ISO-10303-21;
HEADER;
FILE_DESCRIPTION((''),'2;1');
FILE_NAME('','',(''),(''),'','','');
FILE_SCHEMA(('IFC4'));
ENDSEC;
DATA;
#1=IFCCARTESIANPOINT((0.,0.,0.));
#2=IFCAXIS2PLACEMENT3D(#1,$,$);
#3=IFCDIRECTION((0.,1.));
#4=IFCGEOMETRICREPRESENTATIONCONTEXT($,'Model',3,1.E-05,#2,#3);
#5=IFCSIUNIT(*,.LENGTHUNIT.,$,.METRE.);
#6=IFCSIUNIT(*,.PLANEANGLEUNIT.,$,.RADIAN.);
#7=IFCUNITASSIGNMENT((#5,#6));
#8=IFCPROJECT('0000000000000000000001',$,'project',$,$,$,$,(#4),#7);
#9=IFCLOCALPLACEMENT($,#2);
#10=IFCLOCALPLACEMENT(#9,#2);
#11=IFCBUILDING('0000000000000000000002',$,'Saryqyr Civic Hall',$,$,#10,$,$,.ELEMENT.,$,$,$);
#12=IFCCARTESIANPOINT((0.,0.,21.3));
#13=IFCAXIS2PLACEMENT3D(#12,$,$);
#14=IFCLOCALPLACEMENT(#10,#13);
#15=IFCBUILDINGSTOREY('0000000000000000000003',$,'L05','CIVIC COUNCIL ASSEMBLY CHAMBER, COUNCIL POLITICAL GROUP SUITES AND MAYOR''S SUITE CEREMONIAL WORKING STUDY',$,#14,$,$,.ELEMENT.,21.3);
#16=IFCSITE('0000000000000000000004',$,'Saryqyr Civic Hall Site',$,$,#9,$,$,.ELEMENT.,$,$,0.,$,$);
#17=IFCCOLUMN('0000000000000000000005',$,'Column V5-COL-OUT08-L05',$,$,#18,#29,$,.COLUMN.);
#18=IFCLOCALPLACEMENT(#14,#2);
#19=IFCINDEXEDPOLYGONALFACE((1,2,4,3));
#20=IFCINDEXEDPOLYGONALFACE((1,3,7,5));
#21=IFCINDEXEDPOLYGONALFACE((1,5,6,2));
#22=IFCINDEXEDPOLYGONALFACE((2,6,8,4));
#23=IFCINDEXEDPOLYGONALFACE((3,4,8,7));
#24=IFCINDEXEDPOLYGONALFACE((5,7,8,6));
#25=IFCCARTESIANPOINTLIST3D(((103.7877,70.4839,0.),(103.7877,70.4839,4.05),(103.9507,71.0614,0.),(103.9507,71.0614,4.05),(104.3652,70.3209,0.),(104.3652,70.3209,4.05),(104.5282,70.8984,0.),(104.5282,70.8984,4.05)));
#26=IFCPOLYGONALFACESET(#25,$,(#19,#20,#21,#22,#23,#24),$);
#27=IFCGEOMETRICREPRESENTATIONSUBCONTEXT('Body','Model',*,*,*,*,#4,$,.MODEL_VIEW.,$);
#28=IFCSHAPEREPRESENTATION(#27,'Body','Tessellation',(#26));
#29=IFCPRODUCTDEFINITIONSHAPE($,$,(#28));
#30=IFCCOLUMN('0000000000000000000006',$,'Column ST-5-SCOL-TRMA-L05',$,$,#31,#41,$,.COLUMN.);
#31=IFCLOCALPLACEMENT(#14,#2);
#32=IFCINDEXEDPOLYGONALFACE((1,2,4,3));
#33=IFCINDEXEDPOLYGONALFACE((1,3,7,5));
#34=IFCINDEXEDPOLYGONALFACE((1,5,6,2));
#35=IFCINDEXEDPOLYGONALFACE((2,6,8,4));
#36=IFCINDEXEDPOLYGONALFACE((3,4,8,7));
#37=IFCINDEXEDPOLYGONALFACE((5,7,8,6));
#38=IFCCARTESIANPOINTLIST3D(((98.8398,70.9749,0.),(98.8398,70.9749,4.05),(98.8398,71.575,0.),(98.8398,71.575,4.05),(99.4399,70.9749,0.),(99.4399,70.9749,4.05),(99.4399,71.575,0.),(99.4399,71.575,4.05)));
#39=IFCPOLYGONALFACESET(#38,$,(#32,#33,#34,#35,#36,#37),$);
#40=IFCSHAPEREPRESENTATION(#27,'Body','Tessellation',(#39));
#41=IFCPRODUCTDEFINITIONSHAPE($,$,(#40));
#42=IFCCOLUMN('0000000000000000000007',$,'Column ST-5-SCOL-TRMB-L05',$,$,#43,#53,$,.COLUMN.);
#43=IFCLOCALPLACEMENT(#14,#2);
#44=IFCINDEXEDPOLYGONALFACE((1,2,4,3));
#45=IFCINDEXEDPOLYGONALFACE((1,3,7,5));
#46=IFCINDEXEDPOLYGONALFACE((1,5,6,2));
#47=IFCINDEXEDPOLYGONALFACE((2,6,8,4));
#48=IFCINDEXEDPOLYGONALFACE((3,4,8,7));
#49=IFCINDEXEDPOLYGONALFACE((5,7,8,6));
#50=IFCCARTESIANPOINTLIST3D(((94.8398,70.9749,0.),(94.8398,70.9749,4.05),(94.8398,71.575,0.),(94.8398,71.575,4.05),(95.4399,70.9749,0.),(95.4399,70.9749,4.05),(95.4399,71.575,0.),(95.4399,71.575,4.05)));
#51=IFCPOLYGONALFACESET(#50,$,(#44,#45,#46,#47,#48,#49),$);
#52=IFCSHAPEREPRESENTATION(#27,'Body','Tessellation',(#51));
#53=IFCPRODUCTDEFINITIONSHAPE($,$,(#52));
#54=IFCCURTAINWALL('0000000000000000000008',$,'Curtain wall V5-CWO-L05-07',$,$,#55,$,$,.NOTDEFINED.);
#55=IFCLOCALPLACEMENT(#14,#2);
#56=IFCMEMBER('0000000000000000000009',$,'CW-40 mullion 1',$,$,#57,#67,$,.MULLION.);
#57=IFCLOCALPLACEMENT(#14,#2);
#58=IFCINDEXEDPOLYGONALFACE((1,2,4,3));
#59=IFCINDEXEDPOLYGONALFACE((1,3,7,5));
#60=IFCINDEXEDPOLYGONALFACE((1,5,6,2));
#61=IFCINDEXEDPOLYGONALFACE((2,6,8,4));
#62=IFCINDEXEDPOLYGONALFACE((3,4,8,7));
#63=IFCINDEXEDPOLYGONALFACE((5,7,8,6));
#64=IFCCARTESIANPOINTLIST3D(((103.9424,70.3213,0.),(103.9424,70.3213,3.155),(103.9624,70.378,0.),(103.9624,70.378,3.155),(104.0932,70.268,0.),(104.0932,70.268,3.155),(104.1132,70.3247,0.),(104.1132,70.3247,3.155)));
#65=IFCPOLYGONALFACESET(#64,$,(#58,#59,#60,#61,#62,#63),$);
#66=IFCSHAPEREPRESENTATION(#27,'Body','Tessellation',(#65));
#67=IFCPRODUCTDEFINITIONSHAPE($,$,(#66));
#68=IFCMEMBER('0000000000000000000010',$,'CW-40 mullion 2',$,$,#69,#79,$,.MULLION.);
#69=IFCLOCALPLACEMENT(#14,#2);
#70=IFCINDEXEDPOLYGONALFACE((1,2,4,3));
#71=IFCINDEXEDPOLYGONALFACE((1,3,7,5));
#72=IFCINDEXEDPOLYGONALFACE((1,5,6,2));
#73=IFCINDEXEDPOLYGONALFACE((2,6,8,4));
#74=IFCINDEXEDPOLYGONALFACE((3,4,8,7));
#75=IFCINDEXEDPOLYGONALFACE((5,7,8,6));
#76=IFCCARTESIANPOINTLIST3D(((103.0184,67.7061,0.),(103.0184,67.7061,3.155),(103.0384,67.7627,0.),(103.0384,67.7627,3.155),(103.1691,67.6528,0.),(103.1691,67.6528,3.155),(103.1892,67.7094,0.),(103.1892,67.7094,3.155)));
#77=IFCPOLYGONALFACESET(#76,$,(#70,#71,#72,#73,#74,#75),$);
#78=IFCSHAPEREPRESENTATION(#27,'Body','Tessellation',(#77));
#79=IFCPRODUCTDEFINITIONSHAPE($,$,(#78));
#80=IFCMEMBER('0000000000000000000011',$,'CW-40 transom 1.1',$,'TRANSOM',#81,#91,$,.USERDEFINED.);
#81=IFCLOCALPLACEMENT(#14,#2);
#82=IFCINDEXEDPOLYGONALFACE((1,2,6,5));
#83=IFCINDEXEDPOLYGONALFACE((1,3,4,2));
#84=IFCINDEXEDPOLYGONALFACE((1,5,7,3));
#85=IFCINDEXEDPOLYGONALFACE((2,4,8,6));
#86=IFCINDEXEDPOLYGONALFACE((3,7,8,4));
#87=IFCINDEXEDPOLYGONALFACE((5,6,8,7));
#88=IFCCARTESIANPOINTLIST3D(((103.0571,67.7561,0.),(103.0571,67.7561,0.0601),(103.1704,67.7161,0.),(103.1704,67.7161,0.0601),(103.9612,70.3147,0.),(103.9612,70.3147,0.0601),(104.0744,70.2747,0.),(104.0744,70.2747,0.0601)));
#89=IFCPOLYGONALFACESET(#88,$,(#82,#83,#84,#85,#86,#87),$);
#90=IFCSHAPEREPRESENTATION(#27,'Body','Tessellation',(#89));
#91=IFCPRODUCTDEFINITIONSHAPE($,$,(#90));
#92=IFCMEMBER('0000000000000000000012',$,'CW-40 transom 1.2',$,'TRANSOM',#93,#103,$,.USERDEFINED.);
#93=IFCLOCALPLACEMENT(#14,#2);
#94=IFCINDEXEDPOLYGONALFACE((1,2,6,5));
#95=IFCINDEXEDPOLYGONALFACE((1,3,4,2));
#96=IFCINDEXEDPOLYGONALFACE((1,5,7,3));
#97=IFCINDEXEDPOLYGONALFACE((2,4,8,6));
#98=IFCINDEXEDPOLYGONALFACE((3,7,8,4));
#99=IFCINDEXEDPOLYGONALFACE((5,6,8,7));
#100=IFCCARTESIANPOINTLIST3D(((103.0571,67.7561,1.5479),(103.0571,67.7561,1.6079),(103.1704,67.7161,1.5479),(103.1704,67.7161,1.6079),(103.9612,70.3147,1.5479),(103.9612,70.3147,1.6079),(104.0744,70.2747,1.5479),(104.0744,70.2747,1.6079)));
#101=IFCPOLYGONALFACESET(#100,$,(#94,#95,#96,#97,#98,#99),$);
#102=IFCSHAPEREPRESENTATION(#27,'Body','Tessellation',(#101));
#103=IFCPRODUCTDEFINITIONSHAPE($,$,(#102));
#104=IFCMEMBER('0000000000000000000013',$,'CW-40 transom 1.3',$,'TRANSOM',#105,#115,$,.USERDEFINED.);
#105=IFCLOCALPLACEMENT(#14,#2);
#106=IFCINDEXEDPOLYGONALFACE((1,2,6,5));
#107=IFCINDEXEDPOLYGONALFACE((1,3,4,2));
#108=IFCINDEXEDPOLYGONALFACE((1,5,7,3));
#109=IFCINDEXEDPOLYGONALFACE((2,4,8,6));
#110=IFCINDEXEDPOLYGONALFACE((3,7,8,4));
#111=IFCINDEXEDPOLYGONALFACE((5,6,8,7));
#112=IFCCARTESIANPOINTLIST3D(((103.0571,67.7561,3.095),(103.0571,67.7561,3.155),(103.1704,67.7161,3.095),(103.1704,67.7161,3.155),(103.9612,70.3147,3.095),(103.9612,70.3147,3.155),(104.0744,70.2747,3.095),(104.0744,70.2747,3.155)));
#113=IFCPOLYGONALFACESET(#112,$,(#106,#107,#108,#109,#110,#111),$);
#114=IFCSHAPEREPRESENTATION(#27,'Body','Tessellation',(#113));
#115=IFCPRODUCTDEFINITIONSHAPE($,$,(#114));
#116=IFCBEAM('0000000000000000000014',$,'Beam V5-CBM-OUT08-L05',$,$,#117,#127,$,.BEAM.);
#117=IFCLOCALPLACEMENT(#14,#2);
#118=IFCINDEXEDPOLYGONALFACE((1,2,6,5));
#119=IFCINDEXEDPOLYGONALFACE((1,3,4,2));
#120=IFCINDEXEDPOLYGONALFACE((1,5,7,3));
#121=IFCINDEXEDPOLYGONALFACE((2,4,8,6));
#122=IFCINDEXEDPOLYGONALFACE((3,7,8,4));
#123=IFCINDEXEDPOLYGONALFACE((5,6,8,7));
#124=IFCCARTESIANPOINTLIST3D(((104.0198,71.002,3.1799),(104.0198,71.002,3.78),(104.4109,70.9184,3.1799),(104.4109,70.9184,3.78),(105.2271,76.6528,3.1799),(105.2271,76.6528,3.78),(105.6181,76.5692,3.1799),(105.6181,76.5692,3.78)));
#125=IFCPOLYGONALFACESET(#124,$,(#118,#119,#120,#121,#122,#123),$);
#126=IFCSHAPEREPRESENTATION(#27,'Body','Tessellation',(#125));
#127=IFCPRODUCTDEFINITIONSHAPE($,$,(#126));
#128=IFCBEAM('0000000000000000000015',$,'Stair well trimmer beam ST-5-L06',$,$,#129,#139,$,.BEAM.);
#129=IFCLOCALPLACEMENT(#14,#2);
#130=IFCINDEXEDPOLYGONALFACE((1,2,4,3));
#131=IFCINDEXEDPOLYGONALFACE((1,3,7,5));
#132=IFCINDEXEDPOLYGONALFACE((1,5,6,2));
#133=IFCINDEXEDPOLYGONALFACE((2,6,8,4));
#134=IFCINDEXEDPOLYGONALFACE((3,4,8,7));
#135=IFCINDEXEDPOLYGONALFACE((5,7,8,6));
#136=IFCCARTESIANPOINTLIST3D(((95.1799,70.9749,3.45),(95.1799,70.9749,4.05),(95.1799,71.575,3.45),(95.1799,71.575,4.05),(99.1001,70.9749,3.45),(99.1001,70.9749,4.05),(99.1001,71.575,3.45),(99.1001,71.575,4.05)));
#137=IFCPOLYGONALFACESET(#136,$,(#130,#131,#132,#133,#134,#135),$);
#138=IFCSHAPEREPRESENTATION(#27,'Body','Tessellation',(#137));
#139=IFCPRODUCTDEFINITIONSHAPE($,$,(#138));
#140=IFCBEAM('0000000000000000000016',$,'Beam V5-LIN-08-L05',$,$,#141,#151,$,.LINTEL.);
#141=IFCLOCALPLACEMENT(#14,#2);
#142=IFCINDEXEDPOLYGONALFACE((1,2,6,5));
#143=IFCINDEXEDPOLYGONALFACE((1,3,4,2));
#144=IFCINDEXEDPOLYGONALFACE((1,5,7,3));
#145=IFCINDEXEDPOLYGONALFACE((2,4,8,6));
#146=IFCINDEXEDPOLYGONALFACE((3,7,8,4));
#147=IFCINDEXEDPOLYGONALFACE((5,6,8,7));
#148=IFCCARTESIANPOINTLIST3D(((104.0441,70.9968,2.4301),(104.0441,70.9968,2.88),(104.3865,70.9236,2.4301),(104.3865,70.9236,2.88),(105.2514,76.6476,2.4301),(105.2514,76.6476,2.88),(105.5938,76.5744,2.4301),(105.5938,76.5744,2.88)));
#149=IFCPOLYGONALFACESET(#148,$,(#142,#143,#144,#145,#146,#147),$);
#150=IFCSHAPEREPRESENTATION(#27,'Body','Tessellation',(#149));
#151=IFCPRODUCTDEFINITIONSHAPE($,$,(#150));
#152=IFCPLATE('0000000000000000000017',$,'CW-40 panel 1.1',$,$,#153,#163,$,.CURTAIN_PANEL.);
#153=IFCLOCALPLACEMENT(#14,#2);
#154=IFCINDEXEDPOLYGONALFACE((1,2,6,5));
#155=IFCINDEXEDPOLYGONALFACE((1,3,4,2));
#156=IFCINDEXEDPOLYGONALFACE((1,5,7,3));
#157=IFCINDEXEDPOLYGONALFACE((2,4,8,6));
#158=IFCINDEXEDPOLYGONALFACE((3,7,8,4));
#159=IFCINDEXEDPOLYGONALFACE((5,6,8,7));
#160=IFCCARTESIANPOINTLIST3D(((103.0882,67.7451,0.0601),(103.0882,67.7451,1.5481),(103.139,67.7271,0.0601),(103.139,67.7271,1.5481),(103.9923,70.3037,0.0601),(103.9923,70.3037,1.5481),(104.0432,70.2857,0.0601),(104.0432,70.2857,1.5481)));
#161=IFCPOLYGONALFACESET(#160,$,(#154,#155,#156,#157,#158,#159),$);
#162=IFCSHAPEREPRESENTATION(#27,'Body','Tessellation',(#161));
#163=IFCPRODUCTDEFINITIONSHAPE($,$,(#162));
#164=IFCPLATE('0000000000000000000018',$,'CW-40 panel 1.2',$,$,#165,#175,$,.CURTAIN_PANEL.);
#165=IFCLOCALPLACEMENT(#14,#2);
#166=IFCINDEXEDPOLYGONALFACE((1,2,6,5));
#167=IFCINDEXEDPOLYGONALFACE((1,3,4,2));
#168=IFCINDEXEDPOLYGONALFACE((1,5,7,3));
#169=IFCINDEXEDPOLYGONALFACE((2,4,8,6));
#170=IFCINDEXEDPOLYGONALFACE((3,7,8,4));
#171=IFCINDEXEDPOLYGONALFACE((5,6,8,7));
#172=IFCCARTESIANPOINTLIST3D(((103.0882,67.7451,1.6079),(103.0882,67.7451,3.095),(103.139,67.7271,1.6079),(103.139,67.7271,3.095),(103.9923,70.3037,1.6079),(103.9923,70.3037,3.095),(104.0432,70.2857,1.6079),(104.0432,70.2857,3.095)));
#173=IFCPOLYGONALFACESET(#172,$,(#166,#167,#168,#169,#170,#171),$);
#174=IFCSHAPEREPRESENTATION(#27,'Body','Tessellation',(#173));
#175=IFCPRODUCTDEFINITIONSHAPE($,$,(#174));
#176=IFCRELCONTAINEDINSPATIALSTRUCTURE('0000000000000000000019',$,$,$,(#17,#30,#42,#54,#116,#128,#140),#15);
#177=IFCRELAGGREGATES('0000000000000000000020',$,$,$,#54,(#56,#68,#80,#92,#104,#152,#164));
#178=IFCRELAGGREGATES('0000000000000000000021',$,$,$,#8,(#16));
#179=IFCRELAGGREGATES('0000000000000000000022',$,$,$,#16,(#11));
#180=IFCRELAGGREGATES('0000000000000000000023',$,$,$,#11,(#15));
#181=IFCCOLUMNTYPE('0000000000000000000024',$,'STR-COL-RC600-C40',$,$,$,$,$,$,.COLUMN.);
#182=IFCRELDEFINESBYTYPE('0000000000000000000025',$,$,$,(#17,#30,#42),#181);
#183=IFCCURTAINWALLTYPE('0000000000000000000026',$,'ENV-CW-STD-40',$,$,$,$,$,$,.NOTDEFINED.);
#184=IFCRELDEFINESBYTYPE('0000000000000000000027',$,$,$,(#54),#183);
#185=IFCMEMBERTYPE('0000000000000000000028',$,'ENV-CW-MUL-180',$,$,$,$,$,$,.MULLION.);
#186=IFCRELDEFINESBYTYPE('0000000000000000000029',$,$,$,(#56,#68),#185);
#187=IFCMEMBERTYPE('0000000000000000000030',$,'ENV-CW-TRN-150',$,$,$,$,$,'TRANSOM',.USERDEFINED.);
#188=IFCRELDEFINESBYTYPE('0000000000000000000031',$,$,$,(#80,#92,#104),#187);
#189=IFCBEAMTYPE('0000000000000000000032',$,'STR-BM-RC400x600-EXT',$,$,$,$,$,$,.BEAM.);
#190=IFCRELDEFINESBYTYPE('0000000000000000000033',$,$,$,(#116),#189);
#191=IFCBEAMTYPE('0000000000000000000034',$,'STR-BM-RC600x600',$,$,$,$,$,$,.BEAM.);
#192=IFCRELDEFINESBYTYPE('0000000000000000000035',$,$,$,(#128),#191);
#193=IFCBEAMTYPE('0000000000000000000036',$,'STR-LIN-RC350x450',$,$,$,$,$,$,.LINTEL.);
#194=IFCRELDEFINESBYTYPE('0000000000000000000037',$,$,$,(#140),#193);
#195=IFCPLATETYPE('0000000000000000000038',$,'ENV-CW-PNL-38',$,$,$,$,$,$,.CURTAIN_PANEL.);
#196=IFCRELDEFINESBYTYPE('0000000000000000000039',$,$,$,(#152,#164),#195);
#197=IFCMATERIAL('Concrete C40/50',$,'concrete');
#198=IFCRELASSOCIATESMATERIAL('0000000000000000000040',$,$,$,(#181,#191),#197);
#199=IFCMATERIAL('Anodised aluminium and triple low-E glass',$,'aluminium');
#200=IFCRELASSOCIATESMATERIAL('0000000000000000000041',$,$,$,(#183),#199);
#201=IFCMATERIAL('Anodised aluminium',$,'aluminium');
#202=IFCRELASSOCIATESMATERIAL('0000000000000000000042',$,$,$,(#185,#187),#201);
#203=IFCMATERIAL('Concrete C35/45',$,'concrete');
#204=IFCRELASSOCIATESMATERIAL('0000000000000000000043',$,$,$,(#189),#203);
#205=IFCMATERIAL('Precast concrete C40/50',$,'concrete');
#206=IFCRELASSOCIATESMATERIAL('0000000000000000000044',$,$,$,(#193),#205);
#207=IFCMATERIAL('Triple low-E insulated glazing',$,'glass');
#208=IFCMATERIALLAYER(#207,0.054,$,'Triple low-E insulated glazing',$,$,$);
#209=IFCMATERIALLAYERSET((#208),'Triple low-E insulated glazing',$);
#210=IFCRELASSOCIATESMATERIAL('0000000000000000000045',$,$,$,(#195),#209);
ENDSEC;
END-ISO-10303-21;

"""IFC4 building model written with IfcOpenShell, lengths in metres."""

from ifc_helpers import new_model, si_unit, direction, frame, origin, origin_2d, place, context, subcontext, project, spatial, rectangle, extrude, material, layer, layer_set, material_profile, profile_set, type_object, element, aggregate, save


model = new_model("IFC4")

# Units and contexts
model_context = context("Model", 3, precision=1e-05, world=origin(), true_north=direction((0.0, 1.0)))
body_context = subcontext(model_context, "Body", "Model", "MODEL_VIEW")
ifc_project = project(units=[si_unit("LENGTHUNIT", "METRE"), si_unit("PLANEANGLEUNIT", "RADIAN")], contexts=[model_context])

# Site, building, storey
site_placement = place(None, origin())
site = spatial("IfcSite", under=ifc_project, at=site_placement, Name="Saryqyr Civic Hall Site", CompositionType="ELEMENT", RefElevation=0.0)
building_placement = place(site_placement, origin())
building = spatial("IfcBuilding", under=site, at=building_placement, Name="Saryqyr Civic Hall", CompositionType="ELEMENT")
storey_placement = place(building_placement, frame((0.0, 0.0, 21.3)))
storey = spatial("IfcBuildingStorey", under=building, at=storey_placement, Name="L05", Description="CIVIC COUNCIL ASSEMBLY CHAMBER, COUNCIL POLITICAL GROUP SUITES AND MAYOR'S SUITE CEREMONIAL WORKING STUDY", CompositionType="ELEMENT", Elevation=21.3)

# Columns
ifc_material_1 = material(Name="Concrete C40/50", Category="concrete")
ifc_material_profile_1 = material_profile(ifc_material_1, rectangle(XDim=0.6001, YDim=0.6001, at=origin_2d()), Name="RC 600x600")
ifc_profile_set_1 = profile_set([ifc_material_profile_1], Name="Concrete C40/50")
column_type = type_object("IfcColumnType", Name="STR-COL-RC600-C40", PredefinedType="COLUMN", material=ifc_profile_set_1)
for number, where, z_axis, x_axis, name in (
    (1, (104.158, 70.6912, 0.0), (0.0, 0.0, 1.0), (0.962408, -0.271608, 0.0), "Column V5-COL-OUT08-L05"),
    (2, (99.1399, 71.2749, 0.0), (0.0, 0.0, 1.0), (1.0, 0.0, 0.0), "Column ST-5-SCOL-TRMA-L05"),
    (3, (95.1399, 71.2749, 0.0), (0.0, 0.0, 1.0), (1.0, 0.0, 0.0), "Column ST-5-SCOL-TRMB-L05"),
):
    element("IfcColumn", number, at=place(storey_placement, frame(where, z_axis=z_axis, x_axis=x_axis)), inside=storey, type_object=column_type, Name=name, PredefinedType="COLUMN", context=body_context, shape_type="SweptSolid", body=[
        extrude(rectangle(XDim=0.6001, YDim=0.6001, at=origin_2d()), origin(), (0.0, 0.0, 1.0), 4.05),
    ])

# Curtain wall, members
ifc_material_2 = material(Name="Anodised aluminium and triple low-E glass", Category="aluminium")
curtain_wall_type = type_object("IfcCurtainWallType", Name="ENV-CW-STD-40", PredefinedType="NOTDEFINED", material=ifc_material_2)
curtain_wall_placement = place(storey_placement, origin())
curtain_wall = element("IfcCurtainWall", 4, at=curtain_wall_placement, inside=storey, type_object=curtain_wall_type, Name="Curtain wall V5-CWO-L05-07", PredefinedType="NOTDEFINED")
ifc_material_3 = material(Name="Anodised aluminium", Category="aluminium")
ifc_material_profile_2 = material_profile(ifc_material_3, rectangle(XDim=0.0601, YDim=0.1599, at=origin_2d()), Name="ALU MULLION 60x160")
ifc_profile_set_2 = profile_set([ifc_material_profile_2], Name="Anodised aluminium")
member_type_1 = type_object("IfcMemberType", Name="ENV-CW-MUL-180", PredefinedType="MULLION", material=ifc_profile_set_2)
member_1_placement = place(storey_placement, frame((104.0278, 70.323, 0.0), z_axis=(0.0, 0.0, 1.0), x_axis=(-0.33318, -0.942863, 0.0)))
member_1 = element("IfcMember", 5, at=member_1_placement, type_object=member_type_1, Name="CW-40 mullion 1", PredefinedType="MULLION", context=body_context, shape_type="SweptSolid", body=[
    extrude(rectangle(XDim=0.0601, YDim=0.1599, at=origin_2d()), origin(), (0.0, 0.0, 1.0), 3.155),
])
member_2_placement = place(storey_placement, frame((103.1038, 67.7078, 0.0), z_axis=(0.0, 0.0, 1.0), x_axis=(-0.33318, -0.942863, 0.0)))
member_2 = element("IfcMember", 6, at=member_2_placement, type_object=member_type_1, Name="CW-40 mullion 2", PredefinedType="MULLION", context=body_context, shape_type="SweptSolid", body=[
    extrude(rectangle(XDim=0.0601, YDim=0.1599, at=origin_2d()), origin(), (0.0, 0.0, 1.0), 3.155),
])
ifc_material_profile_3 = material_profile(ifc_material_3, rectangle(XDim=0.1201, YDim=0.0601, at=origin_2d()), Name="ALU TRANSOM 120x60")
ifc_profile_set_3 = profile_set([ifc_material_profile_3], Name="Anodised aluminium")
member_type_2 = type_object("IfcMemberType", Name="ENV-CW-TRN-150", ElementType="TRANSOM", PredefinedType="USERDEFINED", material=ifc_profile_set_3)
member_3_placement = place(storey_placement, frame((104.0178, 70.2947, 0.03), z_axis=(-0.333154, -0.942872, 0.0), x_axis=(0.942872, -0.333154, 0.0)))
member_3 = element("IfcMember", 7, at=member_3_placement, type_object=member_type_2, Name="CW-40 transom 1.1", ObjectType="TRANSOM", PredefinedType="USERDEFINED", context=body_context, shape_type="SweptSolid", body=[
    extrude(rectangle(XDim=0.1201, YDim=0.0601, at=origin_2d()), origin(), (0.0, 0.0, 1.0), 2.7136),
])
member_4_placement = place(storey_placement, frame((104.0178, 70.2947, 1.5779), z_axis=(-0.333154, -0.942872, 0.0), x_axis=(0.942872, -0.333154, 0.0)))
member_4 = element("IfcMember", 8, at=member_4_placement, type_object=member_type_2, Name="CW-40 transom 1.2", ObjectType="TRANSOM", PredefinedType="USERDEFINED", context=body_context, shape_type="SweptSolid", body=[
    extrude(rectangle(XDim=0.1201, YDim=0.0601, at=origin_2d()), origin(), (0.0, 0.0, 1.0), 2.7136),
])
member_5_placement = place(storey_placement, frame((104.0178, 70.2947, 3.125), z_axis=(-0.333154, -0.942872, 0.0), x_axis=(0.942872, -0.333154, 0.0)))
member_5 = element("IfcMember", 9, at=member_5_placement, type_object=member_type_2, Name="CW-40 transom 1.3", ObjectType="TRANSOM", PredefinedType="USERDEFINED", context=body_context, shape_type="SweptSolid", body=[
    extrude(rectangle(XDim=0.1201, YDim=0.0601, at=origin_2d()), origin(), (0.0, 0.0, 1.0), 2.7136),
])

# Beams
ifc_material_4 = material(Name="Concrete C35/45", Category="concrete")
ifc_material_profile_4 = material_profile(ifc_material_4, rectangle(XDim=0.3999, YDim=0.6001, at=origin_2d()), Name="RC 400x600")
ifc_profile_set_4 = profile_set([ifc_material_profile_4], Name="Concrete C35/45")
beam_type_1 = type_object("IfcBeamType", Name="STR-BM-RC400x600-EXT", PredefinedType="BEAM", material=ifc_profile_set_4)
beam_1_placement = place(storey_placement, frame((104.2153, 70.9602, 3.48), z_axis=(0.208929, 0.977931, 0.0), x_axis=(-0.977931, 0.208929, 0.0)))
element("IfcBeam", 10, at=beam_1_placement, inside=storey, type_object=beam_type_1, Name="Beam V5-CBM-OUT08-L05", PredefinedType="BEAM", context=body_context, shape_type="SweptSolid", body=[
    extrude(rectangle(XDim=0.3999, YDim=0.6001, at=origin_2d()), origin(), (0.0, 0.0, 1.0), 5.7783),
])
ifc_material_profile_5 = material_profile(ifc_material_1, rectangle(XDim=0.6001, YDim=0.6001, at=origin_2d()), Name="RC 600x600")
ifc_profile_set_5 = profile_set([ifc_material_profile_5], Name="Concrete C40/50")
beam_type_2 = type_object("IfcBeamType", Name="STR-BM-RC600x600", PredefinedType="BEAM", material=ifc_profile_set_5)
beam_2_placement = place(storey_placement, frame((99.1001, 71.2749, 3.75), z_axis=(-1.0, 0.0, 0.0), x_axis=(0.0, -1.0, 0.0)))
element("IfcBeam", 11, at=beam_2_placement, inside=storey, type_object=beam_type_2, Name="Stair well trimmer beam ST-5-L06", PredefinedType="BEAM", context=body_context, shape_type="SweptSolid", body=[
    extrude(rectangle(XDim=0.6001, YDim=0.6001, at=origin_2d()), origin(), (0.0, 0.0, 1.0), 3.9202),
])
ifc_material_5 = material(Name="Precast concrete C40/50", Category="concrete")
ifc_material_profile_6 = material_profile(ifc_material_5, rectangle(XDim=0.3501, YDim=0.45, at=origin_2d()), Name="RC 350x450")
ifc_profile_set_6 = profile_set([ifc_material_profile_6], Name="Precast concrete C40/50")
beam_type_3 = type_object("IfcBeamType", Name="STR-LIN-RC350x450", PredefinedType="LINTEL", material=ifc_profile_set_6)
beam_3_placement = place(storey_placement, frame((104.2153, 70.9602, 2.655), z_axis=(0.208929, 0.977931, 0.0), x_axis=(-0.977931, 0.208929, 0.0)))
element("IfcBeam", 12, at=beam_3_placement, inside=storey, type_object=beam_type_3, Name="Beam V5-LIN-08-L05", PredefinedType="LINTEL", context=body_context, shape_type="SweptSolid", body=[
    extrude(rectangle(XDim=0.3501, YDim=0.45, at=origin_2d()), origin(), (0.0, 0.0, 1.0), 5.7783),
])

# Plates
ifc_material_6 = material(Name="Triple low-E insulated glazing", Category="glass")
ifc_layer_1 = layer(ifc_material_6, 0.054, Name="Triple low-E insulated glazing")
ifc_layer_set_1 = layer_set([ifc_layer_1], Name="Triple low-E insulated glazing")
plate_type = type_object("IfcPlateType", Name="ENV-CW-PNL-38", PredefinedType="CURTAIN_PANEL", material=ifc_layer_set_1)
plate_1_placement = place(storey_placement, frame((103.5657, 69.0154, 0.0601), z_axis=(0.0, 0.0, 1.0), x_axis=(-0.33318, -0.942863, 0.0)))
plate_1 = element("IfcPlate", 13, at=plate_1_placement, type_object=plate_type, Name="CW-40 panel 1.1", PredefinedType="CURTAIN_PANEL", context=body_context, shape_type="SweptSolid", body=[
    extrude(rectangle(XDim=2.7136, YDim=0.054, at=origin_2d()), origin(), (0.0, 0.0, 1.0), 1.488),
])
plate_2_placement = place(storey_placement, frame((103.5657, 69.0154, 1.6079), z_axis=(0.0, 0.0, 1.0), x_axis=(-0.33318, -0.942863, 0.0)))
plate_2 = element("IfcPlate", 14, at=plate_2_placement, type_object=plate_type, Name="CW-40 panel 1.2", PredefinedType="CURTAIN_PANEL", context=body_context, shape_type="SweptSolid", body=[
    extrude(rectangle(XDim=2.7136, YDim=0.054, at=origin_2d()), origin(), (0.0, 0.0, 1.0), 1.4871),
])
aggregate(curtain_wall, [member_1, member_2, member_3, member_4, member_5, plate_1, plate_2])

save(model, "model.ifc")
